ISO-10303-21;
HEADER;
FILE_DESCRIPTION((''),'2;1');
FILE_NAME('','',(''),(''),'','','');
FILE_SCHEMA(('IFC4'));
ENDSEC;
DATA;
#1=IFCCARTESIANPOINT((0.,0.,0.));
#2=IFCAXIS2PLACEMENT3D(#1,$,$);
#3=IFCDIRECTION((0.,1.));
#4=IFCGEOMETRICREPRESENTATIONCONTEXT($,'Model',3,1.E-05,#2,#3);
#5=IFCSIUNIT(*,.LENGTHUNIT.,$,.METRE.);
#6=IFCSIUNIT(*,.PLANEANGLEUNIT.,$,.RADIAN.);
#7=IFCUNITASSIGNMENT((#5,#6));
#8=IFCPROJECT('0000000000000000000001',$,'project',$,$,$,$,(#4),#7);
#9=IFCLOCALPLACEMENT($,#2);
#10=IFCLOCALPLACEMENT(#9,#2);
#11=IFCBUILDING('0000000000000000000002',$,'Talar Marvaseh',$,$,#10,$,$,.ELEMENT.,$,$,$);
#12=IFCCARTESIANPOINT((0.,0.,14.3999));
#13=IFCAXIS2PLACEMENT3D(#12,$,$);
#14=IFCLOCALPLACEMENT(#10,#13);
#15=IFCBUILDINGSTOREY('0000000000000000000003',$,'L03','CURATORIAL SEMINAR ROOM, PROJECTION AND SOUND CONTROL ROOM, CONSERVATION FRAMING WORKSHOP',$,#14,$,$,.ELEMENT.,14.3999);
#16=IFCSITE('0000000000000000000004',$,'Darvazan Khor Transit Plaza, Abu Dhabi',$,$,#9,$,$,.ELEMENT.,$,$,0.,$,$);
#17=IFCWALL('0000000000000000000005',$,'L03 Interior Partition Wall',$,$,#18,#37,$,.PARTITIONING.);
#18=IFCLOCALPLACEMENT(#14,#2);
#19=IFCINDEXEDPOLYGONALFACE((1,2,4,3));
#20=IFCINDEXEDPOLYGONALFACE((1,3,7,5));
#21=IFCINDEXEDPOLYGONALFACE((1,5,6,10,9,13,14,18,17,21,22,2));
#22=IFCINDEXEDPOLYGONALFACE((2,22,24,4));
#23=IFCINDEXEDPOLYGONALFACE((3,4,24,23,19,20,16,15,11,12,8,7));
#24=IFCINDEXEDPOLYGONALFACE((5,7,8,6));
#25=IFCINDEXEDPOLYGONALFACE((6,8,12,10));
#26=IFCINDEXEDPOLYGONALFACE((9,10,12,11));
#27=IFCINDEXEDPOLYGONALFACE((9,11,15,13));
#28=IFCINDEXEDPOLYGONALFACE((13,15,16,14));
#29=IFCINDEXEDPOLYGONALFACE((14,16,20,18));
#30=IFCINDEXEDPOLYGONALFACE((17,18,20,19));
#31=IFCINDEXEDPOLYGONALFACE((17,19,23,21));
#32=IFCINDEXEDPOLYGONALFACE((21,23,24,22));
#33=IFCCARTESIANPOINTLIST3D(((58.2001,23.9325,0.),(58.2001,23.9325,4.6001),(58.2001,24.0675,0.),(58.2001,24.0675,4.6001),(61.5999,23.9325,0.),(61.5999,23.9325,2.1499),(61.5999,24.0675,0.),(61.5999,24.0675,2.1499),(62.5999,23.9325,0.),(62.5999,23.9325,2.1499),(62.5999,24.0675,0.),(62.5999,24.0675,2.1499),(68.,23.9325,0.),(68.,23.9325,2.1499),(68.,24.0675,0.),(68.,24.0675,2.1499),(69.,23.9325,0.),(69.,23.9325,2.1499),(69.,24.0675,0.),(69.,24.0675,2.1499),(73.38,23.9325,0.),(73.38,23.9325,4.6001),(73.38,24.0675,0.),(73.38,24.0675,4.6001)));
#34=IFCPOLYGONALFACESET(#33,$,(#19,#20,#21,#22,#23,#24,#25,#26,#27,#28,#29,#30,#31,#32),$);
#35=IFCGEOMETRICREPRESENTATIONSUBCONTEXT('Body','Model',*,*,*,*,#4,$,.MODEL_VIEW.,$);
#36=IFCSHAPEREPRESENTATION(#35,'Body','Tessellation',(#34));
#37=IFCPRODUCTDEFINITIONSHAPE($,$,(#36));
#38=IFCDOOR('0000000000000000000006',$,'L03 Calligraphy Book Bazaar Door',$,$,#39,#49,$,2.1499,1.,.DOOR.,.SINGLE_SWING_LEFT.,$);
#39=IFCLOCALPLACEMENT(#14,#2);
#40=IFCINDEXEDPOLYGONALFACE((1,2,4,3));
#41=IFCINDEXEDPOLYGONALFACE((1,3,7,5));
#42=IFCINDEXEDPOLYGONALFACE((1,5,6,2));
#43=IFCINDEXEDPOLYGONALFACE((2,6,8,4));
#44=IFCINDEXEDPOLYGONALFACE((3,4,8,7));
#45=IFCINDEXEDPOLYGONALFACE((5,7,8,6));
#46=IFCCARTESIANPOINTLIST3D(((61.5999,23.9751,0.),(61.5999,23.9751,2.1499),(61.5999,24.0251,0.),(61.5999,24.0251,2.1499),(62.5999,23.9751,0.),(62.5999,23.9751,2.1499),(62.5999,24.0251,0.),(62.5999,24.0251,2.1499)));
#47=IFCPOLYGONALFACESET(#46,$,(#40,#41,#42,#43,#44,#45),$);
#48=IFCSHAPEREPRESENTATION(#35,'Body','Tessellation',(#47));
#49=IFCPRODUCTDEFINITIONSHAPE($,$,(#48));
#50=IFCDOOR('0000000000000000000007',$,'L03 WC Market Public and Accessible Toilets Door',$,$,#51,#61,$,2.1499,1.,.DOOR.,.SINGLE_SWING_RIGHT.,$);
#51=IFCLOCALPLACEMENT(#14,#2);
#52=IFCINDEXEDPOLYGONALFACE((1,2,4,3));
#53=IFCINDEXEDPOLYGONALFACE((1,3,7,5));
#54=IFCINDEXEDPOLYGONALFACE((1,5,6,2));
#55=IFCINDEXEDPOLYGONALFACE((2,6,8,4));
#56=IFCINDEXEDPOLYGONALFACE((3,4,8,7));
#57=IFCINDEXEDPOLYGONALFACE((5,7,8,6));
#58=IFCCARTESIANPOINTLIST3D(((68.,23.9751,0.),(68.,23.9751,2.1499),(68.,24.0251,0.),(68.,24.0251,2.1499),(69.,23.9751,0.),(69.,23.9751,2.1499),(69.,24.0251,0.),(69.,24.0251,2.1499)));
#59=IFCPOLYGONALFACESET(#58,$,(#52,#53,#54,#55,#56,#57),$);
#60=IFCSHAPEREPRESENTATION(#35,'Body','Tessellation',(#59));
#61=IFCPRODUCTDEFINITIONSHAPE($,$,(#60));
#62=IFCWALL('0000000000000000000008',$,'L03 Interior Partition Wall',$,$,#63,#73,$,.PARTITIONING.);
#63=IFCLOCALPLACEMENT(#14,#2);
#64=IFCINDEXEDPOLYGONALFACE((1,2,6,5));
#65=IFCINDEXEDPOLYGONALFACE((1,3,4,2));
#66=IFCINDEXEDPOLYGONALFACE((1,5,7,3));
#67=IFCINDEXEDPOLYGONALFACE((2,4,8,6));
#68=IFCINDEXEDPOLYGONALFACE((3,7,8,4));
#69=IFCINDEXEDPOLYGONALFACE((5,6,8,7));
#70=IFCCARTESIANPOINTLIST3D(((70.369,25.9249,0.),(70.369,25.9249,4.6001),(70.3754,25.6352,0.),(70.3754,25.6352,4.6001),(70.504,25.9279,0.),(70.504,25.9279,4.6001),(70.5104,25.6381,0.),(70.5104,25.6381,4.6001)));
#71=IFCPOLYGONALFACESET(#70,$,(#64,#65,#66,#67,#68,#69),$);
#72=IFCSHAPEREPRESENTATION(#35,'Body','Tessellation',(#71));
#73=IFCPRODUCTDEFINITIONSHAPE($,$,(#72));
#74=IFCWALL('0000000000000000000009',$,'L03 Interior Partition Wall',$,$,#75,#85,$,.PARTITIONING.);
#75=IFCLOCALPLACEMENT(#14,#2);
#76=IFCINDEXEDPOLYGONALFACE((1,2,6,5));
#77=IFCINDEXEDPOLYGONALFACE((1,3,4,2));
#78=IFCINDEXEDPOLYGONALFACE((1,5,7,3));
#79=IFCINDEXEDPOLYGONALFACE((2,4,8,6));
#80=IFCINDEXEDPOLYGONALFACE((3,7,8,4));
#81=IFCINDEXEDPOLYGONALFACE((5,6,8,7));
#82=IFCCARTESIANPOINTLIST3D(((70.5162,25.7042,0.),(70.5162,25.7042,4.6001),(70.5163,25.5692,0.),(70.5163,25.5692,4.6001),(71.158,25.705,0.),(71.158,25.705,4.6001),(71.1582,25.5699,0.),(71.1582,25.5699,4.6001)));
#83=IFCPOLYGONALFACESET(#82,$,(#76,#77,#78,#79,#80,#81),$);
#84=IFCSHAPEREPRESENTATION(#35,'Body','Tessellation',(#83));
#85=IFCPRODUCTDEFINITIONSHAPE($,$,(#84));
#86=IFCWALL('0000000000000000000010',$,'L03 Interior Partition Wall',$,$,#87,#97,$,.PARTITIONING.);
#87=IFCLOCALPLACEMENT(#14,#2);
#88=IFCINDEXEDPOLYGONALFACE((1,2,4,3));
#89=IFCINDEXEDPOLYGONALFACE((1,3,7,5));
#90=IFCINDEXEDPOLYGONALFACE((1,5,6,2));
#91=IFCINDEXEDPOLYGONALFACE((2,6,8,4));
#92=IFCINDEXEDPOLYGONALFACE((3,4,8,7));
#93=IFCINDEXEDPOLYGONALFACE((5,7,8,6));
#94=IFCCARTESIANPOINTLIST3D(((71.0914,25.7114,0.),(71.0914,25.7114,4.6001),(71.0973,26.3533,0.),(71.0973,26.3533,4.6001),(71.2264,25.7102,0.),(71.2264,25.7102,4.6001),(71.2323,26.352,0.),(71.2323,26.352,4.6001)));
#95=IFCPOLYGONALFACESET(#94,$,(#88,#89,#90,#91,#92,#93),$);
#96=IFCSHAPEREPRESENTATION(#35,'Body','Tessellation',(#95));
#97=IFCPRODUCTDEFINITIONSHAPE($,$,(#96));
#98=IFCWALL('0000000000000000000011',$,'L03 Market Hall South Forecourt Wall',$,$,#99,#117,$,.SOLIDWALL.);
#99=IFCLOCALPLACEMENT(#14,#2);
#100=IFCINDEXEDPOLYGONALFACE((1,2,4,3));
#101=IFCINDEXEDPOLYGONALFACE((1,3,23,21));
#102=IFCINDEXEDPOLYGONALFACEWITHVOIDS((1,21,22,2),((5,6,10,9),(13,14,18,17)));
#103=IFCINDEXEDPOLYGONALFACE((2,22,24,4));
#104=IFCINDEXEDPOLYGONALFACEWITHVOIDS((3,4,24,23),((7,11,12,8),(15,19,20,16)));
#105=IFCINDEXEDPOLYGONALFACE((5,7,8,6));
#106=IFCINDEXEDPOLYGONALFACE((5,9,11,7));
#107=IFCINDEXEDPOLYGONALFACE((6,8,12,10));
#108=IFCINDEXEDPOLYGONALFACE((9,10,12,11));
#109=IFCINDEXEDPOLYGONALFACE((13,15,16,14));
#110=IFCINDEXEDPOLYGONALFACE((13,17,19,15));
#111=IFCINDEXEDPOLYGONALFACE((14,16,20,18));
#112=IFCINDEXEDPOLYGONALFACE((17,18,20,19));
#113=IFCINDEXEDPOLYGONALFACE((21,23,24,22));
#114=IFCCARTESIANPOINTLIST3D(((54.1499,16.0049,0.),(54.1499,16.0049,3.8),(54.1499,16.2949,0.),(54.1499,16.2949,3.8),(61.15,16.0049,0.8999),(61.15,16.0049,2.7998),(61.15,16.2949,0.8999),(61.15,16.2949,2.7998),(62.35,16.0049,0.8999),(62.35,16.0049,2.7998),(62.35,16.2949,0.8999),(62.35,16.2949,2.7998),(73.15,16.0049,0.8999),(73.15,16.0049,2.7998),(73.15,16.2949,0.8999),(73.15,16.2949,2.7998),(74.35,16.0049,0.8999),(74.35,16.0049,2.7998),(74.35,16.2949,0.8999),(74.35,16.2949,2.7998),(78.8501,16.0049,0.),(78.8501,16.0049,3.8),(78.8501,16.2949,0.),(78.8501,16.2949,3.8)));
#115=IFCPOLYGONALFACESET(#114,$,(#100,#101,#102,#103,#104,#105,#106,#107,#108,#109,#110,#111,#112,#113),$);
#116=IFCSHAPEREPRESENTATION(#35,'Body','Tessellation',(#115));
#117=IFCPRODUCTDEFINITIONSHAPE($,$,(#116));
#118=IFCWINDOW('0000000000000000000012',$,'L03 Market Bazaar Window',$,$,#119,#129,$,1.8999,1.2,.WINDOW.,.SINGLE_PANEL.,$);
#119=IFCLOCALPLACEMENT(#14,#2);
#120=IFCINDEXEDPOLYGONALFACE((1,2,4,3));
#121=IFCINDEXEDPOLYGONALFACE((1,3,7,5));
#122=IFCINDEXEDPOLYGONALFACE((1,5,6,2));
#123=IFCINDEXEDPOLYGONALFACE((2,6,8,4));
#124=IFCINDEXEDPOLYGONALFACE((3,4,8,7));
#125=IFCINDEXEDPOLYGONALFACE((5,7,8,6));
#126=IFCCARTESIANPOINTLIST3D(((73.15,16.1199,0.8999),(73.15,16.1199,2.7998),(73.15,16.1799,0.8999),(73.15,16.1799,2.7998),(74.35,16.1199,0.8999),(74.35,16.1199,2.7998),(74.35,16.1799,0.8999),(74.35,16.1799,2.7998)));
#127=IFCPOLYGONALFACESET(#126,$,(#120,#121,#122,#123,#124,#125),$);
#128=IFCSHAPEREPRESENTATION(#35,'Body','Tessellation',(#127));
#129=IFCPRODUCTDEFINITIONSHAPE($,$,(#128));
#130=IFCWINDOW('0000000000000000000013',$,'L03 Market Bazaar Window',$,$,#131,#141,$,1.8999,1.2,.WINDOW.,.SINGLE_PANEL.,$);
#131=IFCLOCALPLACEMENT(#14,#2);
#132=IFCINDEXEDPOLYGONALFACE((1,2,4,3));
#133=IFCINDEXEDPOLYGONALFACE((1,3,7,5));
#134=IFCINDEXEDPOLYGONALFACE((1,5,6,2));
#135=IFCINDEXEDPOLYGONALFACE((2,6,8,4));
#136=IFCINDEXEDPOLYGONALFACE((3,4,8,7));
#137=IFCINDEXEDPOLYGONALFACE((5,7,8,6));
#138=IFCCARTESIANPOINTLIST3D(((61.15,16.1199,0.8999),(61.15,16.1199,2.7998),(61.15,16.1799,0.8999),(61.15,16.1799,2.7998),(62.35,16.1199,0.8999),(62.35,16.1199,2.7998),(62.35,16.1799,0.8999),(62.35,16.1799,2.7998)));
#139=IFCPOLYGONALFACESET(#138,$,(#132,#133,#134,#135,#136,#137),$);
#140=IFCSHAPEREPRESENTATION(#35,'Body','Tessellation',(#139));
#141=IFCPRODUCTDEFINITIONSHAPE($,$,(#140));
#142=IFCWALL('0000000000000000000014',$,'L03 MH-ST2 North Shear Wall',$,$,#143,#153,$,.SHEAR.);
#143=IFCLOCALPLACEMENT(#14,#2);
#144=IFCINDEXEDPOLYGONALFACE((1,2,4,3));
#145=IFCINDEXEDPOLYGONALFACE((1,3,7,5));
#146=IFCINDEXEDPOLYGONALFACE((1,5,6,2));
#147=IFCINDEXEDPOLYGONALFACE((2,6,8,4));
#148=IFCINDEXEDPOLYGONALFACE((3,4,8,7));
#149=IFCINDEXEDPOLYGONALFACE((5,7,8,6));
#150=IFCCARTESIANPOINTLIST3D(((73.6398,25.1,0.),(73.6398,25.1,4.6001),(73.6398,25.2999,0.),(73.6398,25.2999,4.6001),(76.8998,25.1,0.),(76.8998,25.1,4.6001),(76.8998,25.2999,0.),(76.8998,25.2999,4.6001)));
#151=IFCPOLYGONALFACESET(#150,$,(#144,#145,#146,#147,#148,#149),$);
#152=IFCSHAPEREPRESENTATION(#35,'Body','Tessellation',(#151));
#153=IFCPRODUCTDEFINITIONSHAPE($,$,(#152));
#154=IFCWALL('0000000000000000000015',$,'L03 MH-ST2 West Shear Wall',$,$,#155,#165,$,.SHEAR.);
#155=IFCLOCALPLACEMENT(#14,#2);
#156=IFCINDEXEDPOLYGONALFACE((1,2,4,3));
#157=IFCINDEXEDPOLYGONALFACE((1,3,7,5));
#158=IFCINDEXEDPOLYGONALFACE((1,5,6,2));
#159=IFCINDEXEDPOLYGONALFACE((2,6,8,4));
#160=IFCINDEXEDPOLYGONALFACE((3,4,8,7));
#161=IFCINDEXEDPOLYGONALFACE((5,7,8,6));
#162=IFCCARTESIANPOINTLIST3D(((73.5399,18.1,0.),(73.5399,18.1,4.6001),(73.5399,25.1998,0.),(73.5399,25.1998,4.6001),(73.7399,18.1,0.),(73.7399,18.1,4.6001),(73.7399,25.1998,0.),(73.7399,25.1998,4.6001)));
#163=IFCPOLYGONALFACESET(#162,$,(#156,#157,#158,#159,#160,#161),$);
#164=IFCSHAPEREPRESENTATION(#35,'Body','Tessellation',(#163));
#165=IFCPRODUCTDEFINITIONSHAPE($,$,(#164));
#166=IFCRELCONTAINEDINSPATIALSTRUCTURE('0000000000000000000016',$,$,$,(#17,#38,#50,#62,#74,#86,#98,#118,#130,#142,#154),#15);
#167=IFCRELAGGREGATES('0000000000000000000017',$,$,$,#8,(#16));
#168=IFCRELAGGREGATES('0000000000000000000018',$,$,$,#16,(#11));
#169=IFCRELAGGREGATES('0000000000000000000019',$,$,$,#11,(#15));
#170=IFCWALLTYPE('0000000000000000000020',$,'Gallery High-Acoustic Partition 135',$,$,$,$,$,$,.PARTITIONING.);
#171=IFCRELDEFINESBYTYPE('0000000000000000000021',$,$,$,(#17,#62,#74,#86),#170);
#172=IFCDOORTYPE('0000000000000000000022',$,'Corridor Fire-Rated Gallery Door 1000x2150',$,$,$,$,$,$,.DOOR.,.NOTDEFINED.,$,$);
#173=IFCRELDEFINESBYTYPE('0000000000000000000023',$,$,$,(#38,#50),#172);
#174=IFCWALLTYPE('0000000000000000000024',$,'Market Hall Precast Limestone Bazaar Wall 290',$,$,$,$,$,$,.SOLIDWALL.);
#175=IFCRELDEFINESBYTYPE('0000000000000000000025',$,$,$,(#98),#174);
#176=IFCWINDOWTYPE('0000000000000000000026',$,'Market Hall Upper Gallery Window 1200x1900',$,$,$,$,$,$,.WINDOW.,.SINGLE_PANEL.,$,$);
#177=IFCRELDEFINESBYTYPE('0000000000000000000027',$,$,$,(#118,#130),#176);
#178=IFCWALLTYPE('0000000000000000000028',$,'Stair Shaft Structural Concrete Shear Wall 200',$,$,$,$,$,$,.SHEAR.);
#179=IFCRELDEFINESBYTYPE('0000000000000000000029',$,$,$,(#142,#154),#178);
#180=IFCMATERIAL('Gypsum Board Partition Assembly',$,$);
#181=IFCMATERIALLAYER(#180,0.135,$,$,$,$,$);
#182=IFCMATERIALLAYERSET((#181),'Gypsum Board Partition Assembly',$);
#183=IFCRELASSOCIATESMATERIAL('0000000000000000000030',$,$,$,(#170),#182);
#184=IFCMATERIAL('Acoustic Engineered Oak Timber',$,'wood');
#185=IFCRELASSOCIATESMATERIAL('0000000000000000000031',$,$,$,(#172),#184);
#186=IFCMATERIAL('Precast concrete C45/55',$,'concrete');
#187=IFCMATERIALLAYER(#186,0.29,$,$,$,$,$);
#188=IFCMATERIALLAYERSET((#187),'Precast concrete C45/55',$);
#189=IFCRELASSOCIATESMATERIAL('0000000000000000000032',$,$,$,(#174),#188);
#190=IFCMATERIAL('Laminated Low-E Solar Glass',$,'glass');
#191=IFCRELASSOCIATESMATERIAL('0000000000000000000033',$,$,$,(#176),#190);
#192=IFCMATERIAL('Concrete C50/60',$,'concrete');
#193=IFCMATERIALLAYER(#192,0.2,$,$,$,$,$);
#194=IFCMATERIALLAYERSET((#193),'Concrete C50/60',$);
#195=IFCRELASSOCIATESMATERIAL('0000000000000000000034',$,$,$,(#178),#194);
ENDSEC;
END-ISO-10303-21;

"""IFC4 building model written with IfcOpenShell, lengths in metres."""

from ifc_helpers import new_model, si_unit, direction, frame, frame_2d, origin, place, context, subcontext, project, spatial, rectangle, extrude, source, transform, mapped, material, layer, layer_set, type_object, type_shapes, element, fill, save


model = new_model("IFC4")

# Units and contexts
model_context = context("Model", 3, precision=1e-05, world=origin(), true_north=direction((0.0, 1.0)))
body_context = subcontext(model_context, "Body", "Model", "MODEL_VIEW")
ifc_project = project(units=[si_unit("LENGTHUNIT", "METRE"), si_unit("PLANEANGLEUNIT", "RADIAN")], contexts=[model_context])

# Site, building, storey
site_placement = place(None, origin())
site = spatial("IfcSite", under=ifc_project, at=site_placement, Name="Darvazan Khor Transit Plaza, Abu Dhabi", CompositionType="ELEMENT", RefElevation=0.0)
building_placement = place(site_placement, origin())
building = spatial("IfcBuilding", under=site, at=building_placement, Name="Talar Marvaseh", CompositionType="ELEMENT")
storey_placement = place(building_placement, frame((0.0, 0.0, 14.3999)))
storey = spatial("IfcBuildingStorey", under=building, at=storey_placement, Name="L03", Description="CURATORIAL SEMINAR ROOM, PROJECTION AND SOUND CONTROL ROOM, CONSERVATION FRAMING WORKSHOP", CompositionType="ELEMENT", Elevation=14.3999)

# Shared definitions
ifc_material_1 = material(Name="Laminated Low-E Solar Glass", Category="glass")

# Wall, openings, doors
ifc_material_2 = material(Name="Gypsum Board Partition Assembly")
ifc_layer_1 = layer(ifc_material_2, 0.135)
ifc_layer_set_1 = layer_set([ifc_layer_1], Name="Gypsum Board Partition Assembly")
wall_type_1 = type_object("IfcWallType", Name="Gallery High-Acoustic Partition 135", PredefinedType="PARTITIONING", material=ifc_layer_set_1)
wall_1_placement = place(storey_placement, frame((73.3799, 24.0, 0.0), z_axis=(0.0, 0.0, 1.0), x_axis=(-1.0, 0.0, 0.0)))
wall_1 = element("IfcWall", 1, at=wall_1_placement, inside=storey, type_object=wall_type_1, Name="L03 Interior Partition Wall", PredefinedType="PARTITIONING", context=body_context, shape_type="SweptSolid", body=[
    extrude(rectangle(XDim=15.1799, YDim=0.135, at=frame_2d((7.5898, 0.0))), origin(), (0.0, 0.0, 1.0), 4.6001),
])
opening_1_placement = place(wall_1_placement, frame((10.78, 0.0, 0.0)))
opening_1 = element("IfcOpeningElement", 2, at=opening_1_placement, cuts=wall_1, PredefinedType="OPENING", context=body_context, shape_type="SweptSolid", body=[
    extrude(rectangle(XDim=1.0, YDim=2.1499, at=frame_2d((0.5, 1.075))), frame((0.0, 0.0776, 0.0), z_axis=(0.0, -1.0, 0.0), x_axis=(1.0, 0.0, 0.0)), (0.0, 0.0, 1.0), 0.155),
])
opening_2_placement = place(wall_1_placement, frame((4.3799, 0.0, 0.0)))
opening_2 = element("IfcOpeningElement", 3, at=opening_2_placement, cuts=wall_1, PredefinedType="OPENING", context=body_context, shape_type="SweptSolid", body=[
    extrude(rectangle(XDim=1.0, YDim=2.1499, at=frame_2d((0.5, 1.075))), frame((0.0, 0.0776, 0.0), z_axis=(0.0, -1.0, 0.0), x_axis=(1.0, 0.0, 0.0)), (0.0, 0.0, 1.0), 0.155),
])
ifc_material_3 = material(Name="Acoustic Engineered Oak Timber", Category="wood")
door_type_1 = type_object("IfcDoorType", Name="Corridor Fire-Rated Gallery Door 1000x2150", OperationType="NOTDEFINED", PredefinedType="DOOR", material=ifc_material_3)
shared_shape_1 = source(origin(), body_context, "Body", "SweptSolid", [
    extrude(rectangle(XDim=1.0, YDim=2.1499, at=frame_2d((0.5, 1.075))), frame((0.0, 0.0249, 0.0), z_axis=(0.0, -1.0, 0.0), x_axis=(1.0, 0.0, 0.0)), (0.0, 0.0, 1.0), 0.05),
])
type_shapes(door_type_1, [shared_shape_1])
door_1_placement = place(opening_1_placement, origin())
door_1 = element("IfcDoor", 4, at=door_1_placement, inside=storey, type_object=door_type_1, Name="L03 Calligraphy Book Bazaar Door", OperationType="SINGLE_SWING_LEFT", OverallHeight=2.1499, OverallWidth=1.0, PredefinedType="DOOR", context=body_context, shape_type="MappedRepresentation", body=[
    mapped(shared_shape_1, transform((0.0, 0.0, 0.0), x_axis=(1.0, 0.0, 0.0), y_axis=(0.0, 1.0, 0.0), z_axis=(0.0, 0.0, 1.0), scale=1.0)),
])
fill(opening_1, door_1)
door_2_placement = place(opening_2_placement, origin())
door_2 = element("IfcDoor", 5, at=door_2_placement, inside=storey, type_object=door_type_1, Name="L03 WC Market Public and Accessible Toilets Door", OperationType="SINGLE_SWING_RIGHT", OverallHeight=2.1499, OverallWidth=1.0, PredefinedType="DOOR", context=body_context, shape_type="MappedRepresentation", body=[
    mapped(shared_shape_1, transform((0.0, 0.0, 0.0), x_axis=(1.0, 0.0, 0.0), y_axis=(0.0, 1.0, 0.0), z_axis=(0.0, 0.0, 1.0), scale=1.0)),
])
fill(opening_2, door_2)

# Walls
wall_2_placement = place(storey_placement, frame((70.4365, 25.9265, 0.0), z_axis=(0.0, 0.0, 1.0), x_axis=(0.021899, -0.99976, 0.0)))
element("IfcWall", 6, at=wall_2_placement, inside=storey, type_object=wall_type_1, Name="L03 Interior Partition Wall", PredefinedType="PARTITIONING", context=body_context, shape_type="SweptSolid", body=[
    extrude(rectangle(XDim=0.2898, YDim=0.135, at=frame_2d((0.145, 0.0))), origin(), (0.0, 0.0, 1.0), 4.6001),
])
for number, where, z_axis, x_axis, name in (
    (7, (70.5164, 25.6367, 0.0), (0.0, 0.0, 1.0), (0.999999, 0.001141, 0.0), "L03 Interior Partition Wall"),
    (8, (71.1589, 25.7109, 0.0), (0.0, 0.0, 1.0), (0.009129, 0.999958, 0.0), "L03 Interior Partition Wall"),
):
    element("IfcWall", number, at=place(storey_placement, frame(where, z_axis=z_axis, x_axis=x_axis)), inside=storey, type_object=wall_type_1, Name=name, PredefinedType="PARTITIONING", context=body_context, shape_type="SweptSolid", body=[
        extrude(rectangle(XDim=0.6418, YDim=0.135, at=frame_2d((0.3208, 0.0))), origin(), (0.0, 0.0, 1.0), 4.6001),
    ])

# Wall, openings, windows
ifc_material_4 = material(Name="Precast concrete C45/55", Category="concrete")
ifc_layer_2 = layer(ifc_material_4, 0.29)
ifc_layer_set_2 = layer_set([ifc_layer_2], Name="Precast concrete C45/55")
wall_type_2 = type_object("IfcWallType", Name="Market Hall Precast Limestone Bazaar Wall 290", PredefinedType="SOLIDWALL", material=ifc_layer_set_2)
wall_3_placement = place(storey_placement, frame((78.8501, 16.1499, 0.0), z_axis=(0.0, 0.0, 1.0), x_axis=(-1.0, 0.0, 0.0)))
wall_3 = element("IfcWall", 9, at=wall_3_placement, inside=storey, type_object=wall_type_2, Name="L03 Market Hall South Forecourt Wall", PredefinedType="SOLIDWALL", context=body_context, shape_type="SweptSolid", body=[
    extrude(rectangle(XDim=24.7002, YDim=0.29, at=frame_2d((12.3501, 0.0))), origin(), (0.0, 0.0, 1.0), 3.8),
])
opening_3_placement = place(wall_3_placement, frame((4.5, 0.0, 0.8999)))
opening_3 = element("IfcOpeningElement", 10, at=opening_3_placement, cuts=wall_3, PredefinedType="OPENING", context=body_context, shape_type="SweptSolid", body=[
    extrude(rectangle(XDim=1.2, YDim=1.8999, at=frame_2d((0.6001, 0.95))), frame((0.0, 0.155, 0.0), z_axis=(0.0, -1.0, 0.0), x_axis=(1.0, 0.0, 0.0)), (0.0, 0.0, 1.0), 0.3101),
])
opening_4_placement = place(wall_3_placement, frame((16.5, 0.0, 0.8999)))
opening_4 = element("IfcOpeningElement", 11, at=opening_4_placement, cuts=wall_3, PredefinedType="OPENING", context=body_context, shape_type="SweptSolid", body=[
    extrude(rectangle(XDim=1.2, YDim=1.8999, at=frame_2d((0.6001, 0.95))), frame((0.0, 0.155, 0.0), z_axis=(0.0, -1.0, 0.0), x_axis=(1.0, 0.0, 0.0)), (0.0, 0.0, 1.0), 0.3101),
])
window_type = type_object("IfcWindowType", Name="Market Hall Upper Gallery Window 1200x1900", PartitioningType="SINGLE_PANEL", PredefinedType="WINDOW", material=ifc_material_1)
shared_shape_2 = source(origin(), body_context, "Body", "SweptSolid", [
    extrude(rectangle(XDim=1.2, YDim=1.8999, at=frame_2d((0.6001, 0.95))), frame((0.0, 0.03, 0.0), z_axis=(0.0, -1.0, 0.0), x_axis=(1.0, 0.0, 0.0)), (0.0, 0.0, 1.0), 0.0601),
])
type_shapes(window_type, [shared_shape_2])
window_1_placement = place(opening_3_placement, origin())
window_1 = element("IfcWindow", 12, at=window_1_placement, inside=storey, type_object=window_type, Name="L03 Market Bazaar Window", OverallHeight=1.8999, OverallWidth=1.2, PartitioningType="SINGLE_PANEL", PredefinedType="WINDOW", context=body_context, shape_type="MappedRepresentation", body=[
    mapped(shared_shape_2, transform((0.0, 0.0, 0.0), x_axis=(1.0, 0.0, 0.0), y_axis=(0.0, 1.0, 0.0), z_axis=(0.0, 0.0, 1.0), scale=1.0)),
])
fill(opening_3, window_1)
window_2_placement = place(opening_4_placement, origin())
window_2 = element("IfcWindow", 13, at=window_2_placement, inside=storey, type_object=window_type, Name="L03 Market Bazaar Window", OverallHeight=1.8999, OverallWidth=1.2, PartitioningType="SINGLE_PANEL", PredefinedType="WINDOW", context=body_context, shape_type="MappedRepresentation", body=[
    mapped(shared_shape_2, transform((0.0, 0.0, 0.0), x_axis=(1.0, 0.0, 0.0), y_axis=(0.0, 1.0, 0.0), z_axis=(0.0, 0.0, 1.0), scale=1.0)),
])
fill(opening_4, window_2)

# Shared definitions
ifc_material_5 = material(Name="Concrete C50/60", Category="concrete")
ifc_layer_3 = layer(ifc_material_5, 0.2)
ifc_layer_set_3 = layer_set([ifc_layer_3], Name="Concrete C50/60")
wall_type_3 = type_object("IfcWallType", Name="Stair Shaft Structural Concrete Shear Wall 200", PredefinedType="SHEAR", material=ifc_layer_set_3)

# Walls
wall_4_placement = place(storey_placement, frame((73.6399, 25.2, 0.0), z_axis=(0.0, 0.0, 1.0), x_axis=(1.0, 0.0, 0.0)))
element("IfcWall", 14, at=wall_4_placement, inside=storey, type_object=wall_type_3, Name="L03 MH-ST2 North Shear Wall", PredefinedType="SHEAR", context=body_context, shape_type="SweptSolid", body=[
    extrude(rectangle(XDim=3.26, YDim=0.2, at=frame_2d((1.6299, 0.0))), origin(), (0.0, 0.0, 1.0), 4.6001),
])
for number, where, z_axis, x_axis, name in (
    (15, (73.6399, 18.1001, 0.0), (0.0, 0.0, 1.0), (0.0, 1.0, 0.0), "L03 MH-ST2 West Shear Wall"),
):
    element("IfcWall", number, at=place(storey_placement, frame(where, z_axis=z_axis, x_axis=x_axis)), inside=storey, type_object=wall_type_3, Name=name, PredefinedType="SHEAR", context=body_context, shape_type="SweptSolid", body=[
        extrude(rectangle(XDim=7.0999, YDim=0.2, at=frame_2d((3.5498, 0.0))), origin(), (0.0, 0.0, 1.0), 4.6001),
    ])

save(model, "model.ifc")
